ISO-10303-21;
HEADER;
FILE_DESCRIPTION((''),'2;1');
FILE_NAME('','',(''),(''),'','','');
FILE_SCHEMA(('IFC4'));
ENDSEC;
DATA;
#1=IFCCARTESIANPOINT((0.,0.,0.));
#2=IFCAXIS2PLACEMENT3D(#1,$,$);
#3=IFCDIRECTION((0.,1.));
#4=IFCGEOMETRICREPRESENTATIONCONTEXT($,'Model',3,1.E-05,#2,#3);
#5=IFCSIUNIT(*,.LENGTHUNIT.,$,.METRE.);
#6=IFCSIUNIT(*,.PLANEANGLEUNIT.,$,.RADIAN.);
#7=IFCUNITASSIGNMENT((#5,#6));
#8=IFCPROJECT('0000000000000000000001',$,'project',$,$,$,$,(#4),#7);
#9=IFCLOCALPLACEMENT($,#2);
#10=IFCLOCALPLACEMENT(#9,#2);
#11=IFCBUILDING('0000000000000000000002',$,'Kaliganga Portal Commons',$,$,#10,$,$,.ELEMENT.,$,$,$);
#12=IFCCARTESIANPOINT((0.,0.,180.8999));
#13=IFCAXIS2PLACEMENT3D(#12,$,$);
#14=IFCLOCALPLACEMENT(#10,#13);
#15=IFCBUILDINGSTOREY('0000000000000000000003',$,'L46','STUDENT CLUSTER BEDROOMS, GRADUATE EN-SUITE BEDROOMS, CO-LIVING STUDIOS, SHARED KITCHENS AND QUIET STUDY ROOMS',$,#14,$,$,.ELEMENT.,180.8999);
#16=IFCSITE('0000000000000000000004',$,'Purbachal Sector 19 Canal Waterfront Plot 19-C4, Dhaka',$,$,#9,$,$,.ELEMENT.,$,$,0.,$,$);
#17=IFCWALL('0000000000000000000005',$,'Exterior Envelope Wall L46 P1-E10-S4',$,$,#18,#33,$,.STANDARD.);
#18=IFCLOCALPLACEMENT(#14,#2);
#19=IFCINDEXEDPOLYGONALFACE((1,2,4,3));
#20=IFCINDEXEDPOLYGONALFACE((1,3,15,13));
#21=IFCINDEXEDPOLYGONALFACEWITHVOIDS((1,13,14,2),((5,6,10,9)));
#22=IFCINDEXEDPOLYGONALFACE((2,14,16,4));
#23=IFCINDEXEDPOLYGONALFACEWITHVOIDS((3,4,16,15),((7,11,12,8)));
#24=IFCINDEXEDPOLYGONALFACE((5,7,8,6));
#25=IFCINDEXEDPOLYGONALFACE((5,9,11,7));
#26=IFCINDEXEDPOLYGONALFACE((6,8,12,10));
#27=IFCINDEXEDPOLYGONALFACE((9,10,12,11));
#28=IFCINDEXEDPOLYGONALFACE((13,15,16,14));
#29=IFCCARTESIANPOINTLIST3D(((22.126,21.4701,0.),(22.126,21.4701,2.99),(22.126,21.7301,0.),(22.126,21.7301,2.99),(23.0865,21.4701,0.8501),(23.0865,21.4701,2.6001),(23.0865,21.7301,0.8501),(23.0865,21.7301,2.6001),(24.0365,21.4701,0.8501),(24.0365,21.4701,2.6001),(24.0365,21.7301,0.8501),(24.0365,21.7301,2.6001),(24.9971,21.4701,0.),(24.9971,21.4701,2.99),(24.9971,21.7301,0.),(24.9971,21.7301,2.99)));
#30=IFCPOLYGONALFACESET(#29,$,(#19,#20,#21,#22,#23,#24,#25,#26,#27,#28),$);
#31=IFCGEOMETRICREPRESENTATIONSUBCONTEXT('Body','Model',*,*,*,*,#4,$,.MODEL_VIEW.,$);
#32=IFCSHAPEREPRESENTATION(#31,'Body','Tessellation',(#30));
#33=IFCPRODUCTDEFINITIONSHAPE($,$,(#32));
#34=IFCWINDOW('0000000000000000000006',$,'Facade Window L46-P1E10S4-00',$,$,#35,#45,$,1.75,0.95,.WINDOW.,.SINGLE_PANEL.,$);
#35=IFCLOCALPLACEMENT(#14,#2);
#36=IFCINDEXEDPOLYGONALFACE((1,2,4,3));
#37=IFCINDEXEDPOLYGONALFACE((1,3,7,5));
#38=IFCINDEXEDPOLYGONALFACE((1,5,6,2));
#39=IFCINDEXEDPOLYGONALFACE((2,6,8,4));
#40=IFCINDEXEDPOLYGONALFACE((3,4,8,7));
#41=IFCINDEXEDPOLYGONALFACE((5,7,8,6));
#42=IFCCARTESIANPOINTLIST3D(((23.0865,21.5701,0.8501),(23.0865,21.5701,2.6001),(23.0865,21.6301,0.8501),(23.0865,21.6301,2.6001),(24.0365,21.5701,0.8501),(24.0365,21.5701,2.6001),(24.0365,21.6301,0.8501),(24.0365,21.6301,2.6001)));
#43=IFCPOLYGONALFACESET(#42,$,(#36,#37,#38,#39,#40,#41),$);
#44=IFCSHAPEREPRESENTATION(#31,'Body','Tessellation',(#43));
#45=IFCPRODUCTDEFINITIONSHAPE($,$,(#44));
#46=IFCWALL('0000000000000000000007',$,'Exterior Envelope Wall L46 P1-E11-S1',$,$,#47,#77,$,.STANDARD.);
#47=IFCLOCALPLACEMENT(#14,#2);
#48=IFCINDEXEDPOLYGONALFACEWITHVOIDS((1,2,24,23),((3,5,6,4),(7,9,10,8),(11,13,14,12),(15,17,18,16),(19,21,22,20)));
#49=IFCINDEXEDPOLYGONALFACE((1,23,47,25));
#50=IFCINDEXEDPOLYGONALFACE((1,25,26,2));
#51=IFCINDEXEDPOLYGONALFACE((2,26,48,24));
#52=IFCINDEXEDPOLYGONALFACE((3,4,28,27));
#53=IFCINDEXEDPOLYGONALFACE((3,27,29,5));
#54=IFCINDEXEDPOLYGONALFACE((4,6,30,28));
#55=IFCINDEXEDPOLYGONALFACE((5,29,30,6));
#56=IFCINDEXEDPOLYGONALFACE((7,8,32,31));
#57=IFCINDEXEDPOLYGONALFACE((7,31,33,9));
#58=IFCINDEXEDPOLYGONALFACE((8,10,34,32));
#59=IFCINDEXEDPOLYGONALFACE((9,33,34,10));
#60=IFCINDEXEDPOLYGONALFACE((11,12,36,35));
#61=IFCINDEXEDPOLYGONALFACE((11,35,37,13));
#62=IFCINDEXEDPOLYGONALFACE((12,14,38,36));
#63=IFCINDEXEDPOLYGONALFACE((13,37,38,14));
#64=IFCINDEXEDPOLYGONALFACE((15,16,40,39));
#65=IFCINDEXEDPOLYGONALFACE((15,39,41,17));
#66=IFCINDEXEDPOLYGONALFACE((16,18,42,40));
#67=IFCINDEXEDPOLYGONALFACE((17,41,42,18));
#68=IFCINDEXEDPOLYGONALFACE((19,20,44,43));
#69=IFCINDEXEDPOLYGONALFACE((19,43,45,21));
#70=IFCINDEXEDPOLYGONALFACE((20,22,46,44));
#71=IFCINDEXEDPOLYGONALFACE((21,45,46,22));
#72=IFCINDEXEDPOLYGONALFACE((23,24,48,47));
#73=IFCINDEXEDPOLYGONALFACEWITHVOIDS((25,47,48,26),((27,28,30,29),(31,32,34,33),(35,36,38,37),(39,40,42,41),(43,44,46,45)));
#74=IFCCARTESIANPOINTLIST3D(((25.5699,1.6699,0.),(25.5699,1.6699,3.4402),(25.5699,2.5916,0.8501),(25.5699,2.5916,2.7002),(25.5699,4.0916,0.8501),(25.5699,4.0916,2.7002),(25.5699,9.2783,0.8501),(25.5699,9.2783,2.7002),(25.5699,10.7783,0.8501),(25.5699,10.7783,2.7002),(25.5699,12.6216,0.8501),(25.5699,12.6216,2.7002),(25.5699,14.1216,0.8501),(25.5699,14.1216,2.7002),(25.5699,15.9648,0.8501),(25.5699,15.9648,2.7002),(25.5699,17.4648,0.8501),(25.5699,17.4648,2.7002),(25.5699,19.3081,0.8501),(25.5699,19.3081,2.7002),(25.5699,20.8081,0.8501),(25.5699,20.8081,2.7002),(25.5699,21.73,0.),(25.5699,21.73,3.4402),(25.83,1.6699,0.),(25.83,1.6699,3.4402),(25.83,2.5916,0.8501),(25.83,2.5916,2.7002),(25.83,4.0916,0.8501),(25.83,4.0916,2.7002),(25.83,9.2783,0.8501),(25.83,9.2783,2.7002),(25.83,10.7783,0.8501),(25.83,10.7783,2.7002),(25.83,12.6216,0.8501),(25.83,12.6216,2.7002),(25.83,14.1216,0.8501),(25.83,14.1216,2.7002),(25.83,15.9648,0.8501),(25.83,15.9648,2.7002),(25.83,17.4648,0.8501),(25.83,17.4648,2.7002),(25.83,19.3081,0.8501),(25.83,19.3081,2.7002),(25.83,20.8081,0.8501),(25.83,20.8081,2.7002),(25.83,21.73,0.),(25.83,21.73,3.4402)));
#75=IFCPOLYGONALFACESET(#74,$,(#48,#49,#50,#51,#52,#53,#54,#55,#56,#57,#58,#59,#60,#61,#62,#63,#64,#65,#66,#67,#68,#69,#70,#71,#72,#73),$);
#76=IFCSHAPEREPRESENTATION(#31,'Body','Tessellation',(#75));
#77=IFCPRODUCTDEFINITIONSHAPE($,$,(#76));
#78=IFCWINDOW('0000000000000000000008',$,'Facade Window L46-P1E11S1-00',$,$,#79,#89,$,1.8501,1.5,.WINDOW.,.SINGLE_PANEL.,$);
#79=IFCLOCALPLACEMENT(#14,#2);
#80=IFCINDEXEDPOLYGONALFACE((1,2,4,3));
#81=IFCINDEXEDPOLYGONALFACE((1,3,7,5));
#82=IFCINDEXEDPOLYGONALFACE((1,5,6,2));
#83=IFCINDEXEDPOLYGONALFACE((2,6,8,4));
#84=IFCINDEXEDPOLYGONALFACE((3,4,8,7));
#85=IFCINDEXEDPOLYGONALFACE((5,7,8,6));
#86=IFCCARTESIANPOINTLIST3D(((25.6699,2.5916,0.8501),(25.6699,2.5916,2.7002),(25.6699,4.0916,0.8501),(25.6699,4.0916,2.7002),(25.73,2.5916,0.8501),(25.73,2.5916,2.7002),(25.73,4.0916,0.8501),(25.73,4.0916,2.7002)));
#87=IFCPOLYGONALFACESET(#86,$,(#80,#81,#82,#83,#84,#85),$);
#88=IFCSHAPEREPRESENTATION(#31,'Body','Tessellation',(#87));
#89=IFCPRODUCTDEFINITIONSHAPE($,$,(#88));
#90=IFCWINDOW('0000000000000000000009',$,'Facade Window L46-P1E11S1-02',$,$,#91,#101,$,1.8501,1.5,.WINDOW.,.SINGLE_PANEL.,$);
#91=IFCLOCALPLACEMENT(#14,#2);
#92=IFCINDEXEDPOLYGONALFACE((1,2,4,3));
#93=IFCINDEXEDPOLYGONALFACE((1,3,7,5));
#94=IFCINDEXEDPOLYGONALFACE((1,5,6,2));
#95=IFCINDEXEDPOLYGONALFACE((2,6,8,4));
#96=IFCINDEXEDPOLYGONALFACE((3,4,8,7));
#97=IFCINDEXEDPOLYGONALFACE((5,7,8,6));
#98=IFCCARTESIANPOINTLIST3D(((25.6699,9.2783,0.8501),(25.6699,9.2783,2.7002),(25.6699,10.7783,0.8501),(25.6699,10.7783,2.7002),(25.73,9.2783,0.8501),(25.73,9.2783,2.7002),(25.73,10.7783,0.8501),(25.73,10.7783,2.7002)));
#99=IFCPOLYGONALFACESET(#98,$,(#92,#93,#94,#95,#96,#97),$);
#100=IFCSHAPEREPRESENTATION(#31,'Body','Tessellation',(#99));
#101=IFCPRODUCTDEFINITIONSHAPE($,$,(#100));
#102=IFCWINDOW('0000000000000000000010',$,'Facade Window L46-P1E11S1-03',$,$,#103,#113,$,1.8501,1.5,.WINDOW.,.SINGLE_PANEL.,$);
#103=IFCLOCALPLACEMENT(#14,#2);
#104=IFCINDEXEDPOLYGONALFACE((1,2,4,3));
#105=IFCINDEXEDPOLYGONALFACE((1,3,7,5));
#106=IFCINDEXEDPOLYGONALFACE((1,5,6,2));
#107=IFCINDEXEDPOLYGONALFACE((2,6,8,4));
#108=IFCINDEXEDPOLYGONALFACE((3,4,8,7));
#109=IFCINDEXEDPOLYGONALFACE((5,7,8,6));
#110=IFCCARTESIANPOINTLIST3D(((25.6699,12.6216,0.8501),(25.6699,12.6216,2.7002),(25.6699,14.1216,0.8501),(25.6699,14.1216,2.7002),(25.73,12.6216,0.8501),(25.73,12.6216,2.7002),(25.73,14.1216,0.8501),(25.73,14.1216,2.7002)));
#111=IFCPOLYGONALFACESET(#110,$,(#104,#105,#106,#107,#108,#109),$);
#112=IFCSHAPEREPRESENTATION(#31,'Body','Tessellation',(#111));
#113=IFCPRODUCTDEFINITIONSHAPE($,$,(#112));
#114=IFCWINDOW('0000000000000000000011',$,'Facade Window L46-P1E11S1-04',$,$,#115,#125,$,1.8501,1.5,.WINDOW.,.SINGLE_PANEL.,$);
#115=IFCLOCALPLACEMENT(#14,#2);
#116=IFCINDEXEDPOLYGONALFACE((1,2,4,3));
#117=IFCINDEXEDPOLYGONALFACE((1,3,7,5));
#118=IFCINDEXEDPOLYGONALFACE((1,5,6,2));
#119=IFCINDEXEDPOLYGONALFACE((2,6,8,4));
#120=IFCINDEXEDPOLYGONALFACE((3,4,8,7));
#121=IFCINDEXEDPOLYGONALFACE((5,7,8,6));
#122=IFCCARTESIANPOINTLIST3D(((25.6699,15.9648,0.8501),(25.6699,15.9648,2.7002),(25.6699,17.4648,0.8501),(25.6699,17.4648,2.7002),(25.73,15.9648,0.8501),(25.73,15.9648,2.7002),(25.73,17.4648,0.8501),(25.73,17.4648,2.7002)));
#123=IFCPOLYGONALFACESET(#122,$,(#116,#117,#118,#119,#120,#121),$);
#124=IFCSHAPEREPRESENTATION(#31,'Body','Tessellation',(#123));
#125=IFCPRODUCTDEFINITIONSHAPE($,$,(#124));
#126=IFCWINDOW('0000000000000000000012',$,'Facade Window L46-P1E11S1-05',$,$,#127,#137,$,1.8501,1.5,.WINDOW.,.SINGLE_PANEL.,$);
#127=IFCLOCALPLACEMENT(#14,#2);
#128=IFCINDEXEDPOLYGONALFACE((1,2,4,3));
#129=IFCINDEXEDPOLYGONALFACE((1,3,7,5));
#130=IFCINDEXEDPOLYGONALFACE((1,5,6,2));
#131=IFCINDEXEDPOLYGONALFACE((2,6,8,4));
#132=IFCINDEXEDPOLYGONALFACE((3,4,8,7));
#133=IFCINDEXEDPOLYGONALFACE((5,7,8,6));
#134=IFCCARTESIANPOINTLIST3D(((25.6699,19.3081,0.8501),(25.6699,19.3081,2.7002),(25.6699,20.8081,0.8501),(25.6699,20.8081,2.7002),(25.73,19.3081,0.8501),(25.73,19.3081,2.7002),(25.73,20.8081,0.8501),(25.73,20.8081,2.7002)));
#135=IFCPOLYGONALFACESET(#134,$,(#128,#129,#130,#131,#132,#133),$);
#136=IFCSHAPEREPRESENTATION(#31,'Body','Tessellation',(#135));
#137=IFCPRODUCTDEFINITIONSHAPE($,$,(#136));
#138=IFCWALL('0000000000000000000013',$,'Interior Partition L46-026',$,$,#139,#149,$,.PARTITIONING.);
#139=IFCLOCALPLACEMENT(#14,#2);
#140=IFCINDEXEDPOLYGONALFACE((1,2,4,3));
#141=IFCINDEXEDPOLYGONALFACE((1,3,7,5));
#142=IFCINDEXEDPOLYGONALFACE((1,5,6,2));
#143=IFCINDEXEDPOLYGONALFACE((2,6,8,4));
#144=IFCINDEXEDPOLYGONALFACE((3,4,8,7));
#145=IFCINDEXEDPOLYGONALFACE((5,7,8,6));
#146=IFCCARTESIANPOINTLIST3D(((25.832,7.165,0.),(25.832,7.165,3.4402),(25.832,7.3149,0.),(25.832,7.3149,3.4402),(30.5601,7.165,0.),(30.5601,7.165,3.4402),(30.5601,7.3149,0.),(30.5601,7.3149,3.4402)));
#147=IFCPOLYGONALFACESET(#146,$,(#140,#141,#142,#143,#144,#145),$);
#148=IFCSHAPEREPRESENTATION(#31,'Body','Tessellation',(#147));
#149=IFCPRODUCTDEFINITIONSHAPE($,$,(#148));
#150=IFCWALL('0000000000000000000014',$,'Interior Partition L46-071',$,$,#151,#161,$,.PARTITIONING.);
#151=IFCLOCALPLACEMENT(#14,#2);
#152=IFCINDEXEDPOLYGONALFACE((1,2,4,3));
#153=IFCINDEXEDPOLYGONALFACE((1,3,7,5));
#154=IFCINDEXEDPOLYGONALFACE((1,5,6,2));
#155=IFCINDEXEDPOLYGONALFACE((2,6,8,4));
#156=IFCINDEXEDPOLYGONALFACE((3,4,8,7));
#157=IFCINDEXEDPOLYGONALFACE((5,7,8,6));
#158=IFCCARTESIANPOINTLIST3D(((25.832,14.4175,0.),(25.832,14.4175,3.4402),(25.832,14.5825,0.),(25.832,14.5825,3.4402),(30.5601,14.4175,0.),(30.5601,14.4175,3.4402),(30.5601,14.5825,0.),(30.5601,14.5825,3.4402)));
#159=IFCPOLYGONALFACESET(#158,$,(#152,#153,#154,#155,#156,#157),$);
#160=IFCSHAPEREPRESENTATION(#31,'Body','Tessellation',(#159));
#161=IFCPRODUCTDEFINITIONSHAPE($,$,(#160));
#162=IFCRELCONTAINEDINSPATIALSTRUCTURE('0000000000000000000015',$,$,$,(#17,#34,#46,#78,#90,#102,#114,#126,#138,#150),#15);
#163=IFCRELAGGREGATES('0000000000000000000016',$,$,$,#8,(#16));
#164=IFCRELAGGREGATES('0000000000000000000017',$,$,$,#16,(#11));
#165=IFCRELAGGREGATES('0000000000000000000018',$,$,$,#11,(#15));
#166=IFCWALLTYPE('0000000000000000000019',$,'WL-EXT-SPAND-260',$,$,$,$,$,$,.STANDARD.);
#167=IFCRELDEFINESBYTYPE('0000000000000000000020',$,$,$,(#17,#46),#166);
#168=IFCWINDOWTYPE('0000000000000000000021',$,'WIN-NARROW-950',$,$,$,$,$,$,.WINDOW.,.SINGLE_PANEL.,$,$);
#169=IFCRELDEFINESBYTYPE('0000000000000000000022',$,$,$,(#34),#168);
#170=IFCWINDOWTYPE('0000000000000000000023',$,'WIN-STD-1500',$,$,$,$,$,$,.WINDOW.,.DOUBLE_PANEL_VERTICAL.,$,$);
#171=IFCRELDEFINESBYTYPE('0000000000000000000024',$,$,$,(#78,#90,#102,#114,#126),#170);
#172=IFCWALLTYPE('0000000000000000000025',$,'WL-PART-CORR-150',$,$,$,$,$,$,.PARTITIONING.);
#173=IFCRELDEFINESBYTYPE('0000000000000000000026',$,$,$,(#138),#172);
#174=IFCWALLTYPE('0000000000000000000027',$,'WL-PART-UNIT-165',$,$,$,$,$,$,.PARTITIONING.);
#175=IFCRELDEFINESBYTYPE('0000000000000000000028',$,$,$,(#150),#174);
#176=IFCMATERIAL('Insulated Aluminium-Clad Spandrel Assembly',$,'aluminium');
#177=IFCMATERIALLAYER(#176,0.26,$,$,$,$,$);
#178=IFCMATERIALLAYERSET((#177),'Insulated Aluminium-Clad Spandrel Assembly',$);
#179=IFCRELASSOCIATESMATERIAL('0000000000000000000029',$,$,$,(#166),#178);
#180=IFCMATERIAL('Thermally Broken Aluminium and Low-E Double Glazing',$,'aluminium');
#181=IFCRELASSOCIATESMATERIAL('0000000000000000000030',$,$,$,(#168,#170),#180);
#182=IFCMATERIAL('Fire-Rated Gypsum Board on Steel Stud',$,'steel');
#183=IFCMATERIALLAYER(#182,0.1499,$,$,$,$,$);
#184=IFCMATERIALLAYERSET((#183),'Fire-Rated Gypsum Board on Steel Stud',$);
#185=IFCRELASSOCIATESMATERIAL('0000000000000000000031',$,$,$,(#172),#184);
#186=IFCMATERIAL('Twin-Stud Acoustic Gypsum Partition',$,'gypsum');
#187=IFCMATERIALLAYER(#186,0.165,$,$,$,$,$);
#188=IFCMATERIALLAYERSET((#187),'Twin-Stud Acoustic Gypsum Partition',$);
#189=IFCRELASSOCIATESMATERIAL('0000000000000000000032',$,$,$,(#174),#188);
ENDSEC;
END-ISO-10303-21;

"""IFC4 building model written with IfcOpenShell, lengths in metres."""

from ifc_helpers import new_model, si_unit, direction, frame, frame_2d, origin, place, context, subcontext, project, spatial, rectangle, extrude, material, layer, layer_set, type_object, element, fill, save


model = new_model("IFC4")

# Units and contexts
model_context = context("Model", 3, precision=1e-05, world=origin(), true_north=direction((0.0, 1.0)))
body_context = subcontext(model_context, "Body", "Model", "MODEL_VIEW")
ifc_project = project(units=[si_unit("LENGTHUNIT", "METRE"), si_unit("PLANEANGLEUNIT", "RADIAN")], contexts=[model_context])

# Site, building, storey
site_placement = place(None, origin())
site = spatial("IfcSite", under=ifc_project, at=site_placement, Name="Purbachal Sector 19 Canal Waterfront Plot 19-C4, Dhaka", CompositionType="ELEMENT", RefElevation=0.0)
building_placement = place(site_placement, origin())
building = spatial("IfcBuilding", under=site, at=building_placement, Name="Kaliganga Portal Commons", CompositionType="ELEMENT")
storey_placement = place(building_placement, frame((0.0, 0.0, 180.8999)))
storey = spatial("IfcBuildingStorey", under=building, at=storey_placement, Name="L46", Description="STUDENT CLUSTER BEDROOMS, GRADUATE EN-SUITE BEDROOMS, CO-LIVING STUDIOS, SHARED KITCHENS AND QUIET STUDY ROOMS", CompositionType="ELEMENT", Elevation=180.8999)

# Wall, opening, window
ifc_material_1 = material(Name="Insulated Aluminium-Clad Spandrel Assembly", Category="aluminium")
ifc_layer_1 = layer(ifc_material_1, 0.26)
ifc_layer_set_1 = layer_set([ifc_layer_1], Name="Insulated Aluminium-Clad Spandrel Assembly")
wall_type_1 = type_object("IfcWallType", Name="WL-EXT-SPAND-260", PredefinedType="STANDARD", material=ifc_layer_set_1)
ifc_material_2 = material(Name="Thermally Broken Aluminium and Low-E Double Glazing", Category="aluminium")
window_type_1 = type_object("IfcWindowType", Name="WIN-NARROW-950", PartitioningType="SINGLE_PANEL", PredefinedType="WINDOW", material=ifc_material_2)
wall_1_placement = place(storey_placement, frame((24.9971, 21.6001, 0.0), z_axis=(0.0, 0.0, 1.0), x_axis=(-1.0, 0.0, 0.0)))
wall_1 = element("IfcWall", 1, at=wall_1_placement, inside=storey, type_object=wall_type_1, Name="Exterior Envelope Wall L46 P1-E10-S4", PredefinedType="STANDARD", context=body_context, shape_type="SweptSolid", body=[
    extrude(rectangle(XDim=2.8711, YDim=0.26, at=frame_2d((1.4355, 0.0))), origin(), (0.0, 0.0, 1.0), 2.99),
])
opening_1_placement = place(wall_1_placement, frame((0.9604, 0.0, 0.8501)))
opening_1 = element("IfcOpeningElement", 2, at=opening_1_placement, cuts=wall_1, PredefinedType="OPENING", context=body_context, shape_type="SweptSolid", body=[
    extrude(rectangle(XDim=0.95, YDim=1.75, at=frame_2d((0.4751, 0.875))), frame((0.0, 0.1401, 0.0), z_axis=(0.0, -1.0, 0.0), x_axis=(1.0, 0.0, 0.0)), (0.0, 0.0, 1.0), 0.28),
])
window_1_placement = place(opening_1_placement, origin())
window_1 = element("IfcWindow", 3, at=window_1_placement, inside=storey, type_object=window_type_1, Name="Facade Window L46-P1E10S4-00", OverallHeight=1.75, OverallWidth=0.95, PartitioningType="SINGLE_PANEL", PredefinedType="WINDOW", context=body_context, shape_type="SweptSolid", body=[
    extrude(rectangle(XDim=0.95, YDim=1.75, at=frame_2d((0.4751, 0.875))), frame((0.0, 0.03, 0.0), z_axis=(0.0, -1.0, 0.0), x_axis=(1.0, 0.0, 0.0)), (0.0, 0.0, 1.0), 0.0601),
])
fill(opening_1, window_1)

# Wall, openings, windows
wall_2_placement = place(storey_placement, frame((25.7, 1.6699, 0.0), z_axis=(0.0, 0.0, 1.0), x_axis=(0.0, 1.0, 0.0)))
wall_2 = element("IfcWall", 4, at=wall_2_placement, inside=storey, type_object=wall_type_1, Name="Exterior Envelope Wall L46 P1-E11-S1", PredefinedType="STANDARD", context=body_context, shape_type="SweptSolid", body=[
    extrude(rectangle(XDim=20.0601, YDim=0.26, at=frame_2d((10.03, 0.0))), origin(), (0.0, 0.0, 1.0), 3.4402),
])
opening_2_placement = place(wall_2_placement, frame((0.9216, 0.0, 0.8501)))
opening_2 = element("IfcOpeningElement", 5, at=opening_2_placement, cuts=wall_2, PredefinedType="OPENING", context=body_context, shape_type="SweptSolid", body=[
    extrude(rectangle(XDim=1.5, YDim=1.8501, at=frame_2d((0.75, 0.925))), frame((0.0, 0.1401, 0.0), z_axis=(0.0, -1.0, 0.0), x_axis=(1.0, 0.0, 0.0)), (0.0, 0.0, 1.0), 0.28),
])
opening_3_placement = place(wall_2_placement, frame((7.6084, 0.0, 0.8501)))
opening_3 = element("IfcOpeningElement", 6, at=opening_3_placement, cuts=wall_2, PredefinedType="OPENING", context=body_context, shape_type="SweptSolid", body=[
    extrude(rectangle(XDim=1.5, YDim=1.8501, at=frame_2d((0.75, 0.925))), frame((0.0, 0.1401, 0.0), z_axis=(0.0, -1.0, 0.0), x_axis=(1.0, 0.0, 0.0)), (0.0, 0.0, 1.0), 0.28),
])
opening_4_placement = place(wall_2_placement, frame((10.9517, 0.0, 0.8501)))
opening_4 = element("IfcOpeningElement", 7, at=opening_4_placement, cuts=wall_2, PredefinedType="OPENING", context=body_context, shape_type="SweptSolid", body=[
    extrude(rectangle(XDim=1.5, YDim=1.8501, at=frame_2d((0.75, 0.925))), frame((0.0, 0.1401, 0.0), z_axis=(0.0, -1.0, 0.0), x_axis=(1.0, 0.0, 0.0)), (0.0, 0.0, 1.0), 0.28),
])
opening_5_placement = place(wall_2_placement, frame((14.2949, 0.0, 0.8501)))
opening_5 = element("IfcOpeningElement", 8, at=opening_5_placement, cuts=wall_2, PredefinedType="OPENING", context=body_context, shape_type="SweptSolid", body=[
    extrude(rectangle(XDim=1.5, YDim=1.8501, at=frame_2d((0.75, 0.925))), frame((0.0, 0.1401, 0.0), z_axis=(0.0, -1.0, 0.0), x_axis=(1.0, 0.0, 0.0)), (0.0, 0.0, 1.0), 0.28),
])
opening_6_placement = place(wall_2_placement, frame((17.6382, 0.0, 0.8501)))
opening_6 = element("IfcOpeningElement", 9, at=opening_6_placement, cuts=wall_2, PredefinedType="OPENING", context=body_context, shape_type="SweptSolid", body=[
    extrude(rectangle(XDim=1.5, YDim=1.8501, at=frame_2d((0.75, 0.925))), frame((0.0, 0.1401, 0.0), z_axis=(0.0, -1.0, 0.0), x_axis=(1.0, 0.0, 0.0)), (0.0, 0.0, 1.0), 0.28),
])
window_type_2 = type_object("IfcWindowType", Name="WIN-STD-1500", PartitioningType="DOUBLE_PANEL_VERTICAL", PredefinedType="WINDOW", material=ifc_material_2)
window_2_placement = place(opening_2_placement, origin())
window_2 = element("IfcWindow", 10, at=window_2_placement, inside=storey, type_object=window_type_2, Name="Facade Window L46-P1E11S1-00", OverallHeight=1.8501, OverallWidth=1.5, PartitioningType="SINGLE_PANEL", PredefinedType="WINDOW", context=body_context, shape_type="SweptSolid", body=[
    extrude(rectangle(XDim=1.5, YDim=1.8501, at=frame_2d((0.75, 0.925))), frame((0.0, 0.03, 0.0), z_axis=(0.0, -1.0, 0.0), x_axis=(1.0, 0.0, 0.0)), (0.0, 0.0, 1.0), 0.0601),
])
fill(opening_2, window_2)
window_3_placement = place(opening_3_placement, origin())
window_3 = element("IfcWindow", 11, at=window_3_placement, inside=storey, type_object=window_type_2, Name="Facade Window L46-P1E11S1-02", OverallHeight=1.8501, OverallWidth=1.5, PartitioningType="SINGLE_PANEL", PredefinedType="WINDOW", context=body_context, shape_type="SweptSolid", body=[
    extrude(rectangle(XDim=1.5, YDim=1.8501, at=frame_2d((0.75, 0.925))), frame((0.0, 0.03, 0.0), z_axis=(0.0, -1.0, 0.0), x_axis=(1.0, 0.0, 0.0)), (0.0, 0.0, 1.0), 0.0601),
])
fill(opening_3, window_3)
window_4_placement = place(opening_4_placement, origin())
window_4 = element("IfcWindow", 12, at=window_4_placement, inside=storey, type_object=window_type_2, Name="Facade Window L46-P1E11S1-03", OverallHeight=1.8501, OverallWidth=1.5, PartitioningType="SINGLE_PANEL", PredefinedType="WINDOW", context=body_context, shape_type="SweptSolid", body=[
    extrude(rectangle(XDim=1.5, YDim=1.8501, at=frame_2d((0.75, 0.925))), frame((0.0, 0.03, 0.0), z_axis=(0.0, -1.0, 0.0), x_axis=(1.0, 0.0, 0.0)), (0.0, 0.0, 1.0), 0.0601),
])
fill(opening_4, window_4)
window_5_placement = place(opening_5_placement, origin())
window_5 = element("IfcWindow", 13, at=window_5_placement, inside=storey, type_object=window_type_2, Name="Facade Window L46-P1E11S1-04", OverallHeight=1.8501, OverallWidth=1.5, PartitioningType="SINGLE_PANEL", PredefinedType="WINDOW", context=body_context, shape_type="SweptSolid", body=[
    extrude(rectangle(XDim=1.5, YDim=1.8501, at=frame_2d((0.75, 0.925))), frame((0.0, 0.03, 0.0), z_axis=(0.0, -1.0, 0.0), x_axis=(1.0, 0.0, 0.0)), (0.0, 0.0, 1.0), 0.0601),
])
fill(opening_5, window_5)
window_6_placement = place(opening_6_placement, origin())
window_6 = element("IfcWindow", 14, at=window_6_placement, inside=storey, type_object=window_type_2, Name="Facade Window L46-P1E11S1-05", OverallHeight=1.8501, OverallWidth=1.5, PartitioningType="SINGLE_PANEL", PredefinedType="WINDOW", context=body_context, shape_type="SweptSolid", body=[
    extrude(rectangle(XDim=1.5, YDim=1.8501, at=frame_2d((0.75, 0.925))), frame((0.0, 0.03, 0.0), z_axis=(0.0, -1.0, 0.0), x_axis=(1.0, 0.0, 0.0)), (0.0, 0.0, 1.0), 0.0601),
])
fill(opening_6, window_6)

# Walls
ifc_material_3 = material(Name="Fire-Rated Gypsum Board on Steel Stud", Category="steel")
ifc_layer_2 = layer(ifc_material_3, 0.1499)
ifc_layer_set_2 = layer_set([ifc_layer_2], Name="Fire-Rated Gypsum Board on Steel Stud")
wall_type_2 = type_object("IfcWallType", Name="WL-PART-CORR-150", PredefinedType="PARTITIONING", material=ifc_layer_set_2)
wall_3_placement = place(storey_placement, frame((25.832, 7.24, 0.0), z_axis=(0.0, 0.0, 1.0), x_axis=(1.0, 0.0, 0.0)))
element("IfcWall", 15, at=wall_3_placement, inside=storey, type_object=wall_type_2, Name="Interior Partition L46-026", PredefinedType="PARTITIONING", context=body_context, shape_type="SweptSolid", body=[
    extrude(rectangle(XDim=4.728, YDim=0.1499, at=frame_2d((2.364, 0.0))), origin(), (0.0, 0.0, 1.0), 3.4402),
])
ifc_material_4 = material(Name="Twin-Stud Acoustic Gypsum Partition", Category="gypsum")
ifc_layer_3 = layer(ifc_material_4, 0.165)
ifc_layer_set_3 = layer_set([ifc_layer_3], Name="Twin-Stud Acoustic Gypsum Partition")
wall_type_3 = type_object("IfcWallType", Name="WL-PART-UNIT-165", PredefinedType="PARTITIONING", material=ifc_layer_set_3)
wall_4_placement = place(storey_placement, frame((25.832, 14.5, 0.0), z_axis=(0.0, 0.0, 1.0), x_axis=(1.0, 0.0, 0.0)))
element("IfcWall", 16, at=wall_4_placement, inside=storey, type_object=wall_type_3, Name="Interior Partition L46-071", PredefinedType="PARTITIONING", context=body_context, shape_type="SweptSolid", body=[
    extrude(rectangle(XDim=4.728, YDim=0.165, at=frame_2d((2.364, 0.0))), origin(), (0.0, 0.0, 1.0), 3.4402),
])

save(model, "model.ifc")
